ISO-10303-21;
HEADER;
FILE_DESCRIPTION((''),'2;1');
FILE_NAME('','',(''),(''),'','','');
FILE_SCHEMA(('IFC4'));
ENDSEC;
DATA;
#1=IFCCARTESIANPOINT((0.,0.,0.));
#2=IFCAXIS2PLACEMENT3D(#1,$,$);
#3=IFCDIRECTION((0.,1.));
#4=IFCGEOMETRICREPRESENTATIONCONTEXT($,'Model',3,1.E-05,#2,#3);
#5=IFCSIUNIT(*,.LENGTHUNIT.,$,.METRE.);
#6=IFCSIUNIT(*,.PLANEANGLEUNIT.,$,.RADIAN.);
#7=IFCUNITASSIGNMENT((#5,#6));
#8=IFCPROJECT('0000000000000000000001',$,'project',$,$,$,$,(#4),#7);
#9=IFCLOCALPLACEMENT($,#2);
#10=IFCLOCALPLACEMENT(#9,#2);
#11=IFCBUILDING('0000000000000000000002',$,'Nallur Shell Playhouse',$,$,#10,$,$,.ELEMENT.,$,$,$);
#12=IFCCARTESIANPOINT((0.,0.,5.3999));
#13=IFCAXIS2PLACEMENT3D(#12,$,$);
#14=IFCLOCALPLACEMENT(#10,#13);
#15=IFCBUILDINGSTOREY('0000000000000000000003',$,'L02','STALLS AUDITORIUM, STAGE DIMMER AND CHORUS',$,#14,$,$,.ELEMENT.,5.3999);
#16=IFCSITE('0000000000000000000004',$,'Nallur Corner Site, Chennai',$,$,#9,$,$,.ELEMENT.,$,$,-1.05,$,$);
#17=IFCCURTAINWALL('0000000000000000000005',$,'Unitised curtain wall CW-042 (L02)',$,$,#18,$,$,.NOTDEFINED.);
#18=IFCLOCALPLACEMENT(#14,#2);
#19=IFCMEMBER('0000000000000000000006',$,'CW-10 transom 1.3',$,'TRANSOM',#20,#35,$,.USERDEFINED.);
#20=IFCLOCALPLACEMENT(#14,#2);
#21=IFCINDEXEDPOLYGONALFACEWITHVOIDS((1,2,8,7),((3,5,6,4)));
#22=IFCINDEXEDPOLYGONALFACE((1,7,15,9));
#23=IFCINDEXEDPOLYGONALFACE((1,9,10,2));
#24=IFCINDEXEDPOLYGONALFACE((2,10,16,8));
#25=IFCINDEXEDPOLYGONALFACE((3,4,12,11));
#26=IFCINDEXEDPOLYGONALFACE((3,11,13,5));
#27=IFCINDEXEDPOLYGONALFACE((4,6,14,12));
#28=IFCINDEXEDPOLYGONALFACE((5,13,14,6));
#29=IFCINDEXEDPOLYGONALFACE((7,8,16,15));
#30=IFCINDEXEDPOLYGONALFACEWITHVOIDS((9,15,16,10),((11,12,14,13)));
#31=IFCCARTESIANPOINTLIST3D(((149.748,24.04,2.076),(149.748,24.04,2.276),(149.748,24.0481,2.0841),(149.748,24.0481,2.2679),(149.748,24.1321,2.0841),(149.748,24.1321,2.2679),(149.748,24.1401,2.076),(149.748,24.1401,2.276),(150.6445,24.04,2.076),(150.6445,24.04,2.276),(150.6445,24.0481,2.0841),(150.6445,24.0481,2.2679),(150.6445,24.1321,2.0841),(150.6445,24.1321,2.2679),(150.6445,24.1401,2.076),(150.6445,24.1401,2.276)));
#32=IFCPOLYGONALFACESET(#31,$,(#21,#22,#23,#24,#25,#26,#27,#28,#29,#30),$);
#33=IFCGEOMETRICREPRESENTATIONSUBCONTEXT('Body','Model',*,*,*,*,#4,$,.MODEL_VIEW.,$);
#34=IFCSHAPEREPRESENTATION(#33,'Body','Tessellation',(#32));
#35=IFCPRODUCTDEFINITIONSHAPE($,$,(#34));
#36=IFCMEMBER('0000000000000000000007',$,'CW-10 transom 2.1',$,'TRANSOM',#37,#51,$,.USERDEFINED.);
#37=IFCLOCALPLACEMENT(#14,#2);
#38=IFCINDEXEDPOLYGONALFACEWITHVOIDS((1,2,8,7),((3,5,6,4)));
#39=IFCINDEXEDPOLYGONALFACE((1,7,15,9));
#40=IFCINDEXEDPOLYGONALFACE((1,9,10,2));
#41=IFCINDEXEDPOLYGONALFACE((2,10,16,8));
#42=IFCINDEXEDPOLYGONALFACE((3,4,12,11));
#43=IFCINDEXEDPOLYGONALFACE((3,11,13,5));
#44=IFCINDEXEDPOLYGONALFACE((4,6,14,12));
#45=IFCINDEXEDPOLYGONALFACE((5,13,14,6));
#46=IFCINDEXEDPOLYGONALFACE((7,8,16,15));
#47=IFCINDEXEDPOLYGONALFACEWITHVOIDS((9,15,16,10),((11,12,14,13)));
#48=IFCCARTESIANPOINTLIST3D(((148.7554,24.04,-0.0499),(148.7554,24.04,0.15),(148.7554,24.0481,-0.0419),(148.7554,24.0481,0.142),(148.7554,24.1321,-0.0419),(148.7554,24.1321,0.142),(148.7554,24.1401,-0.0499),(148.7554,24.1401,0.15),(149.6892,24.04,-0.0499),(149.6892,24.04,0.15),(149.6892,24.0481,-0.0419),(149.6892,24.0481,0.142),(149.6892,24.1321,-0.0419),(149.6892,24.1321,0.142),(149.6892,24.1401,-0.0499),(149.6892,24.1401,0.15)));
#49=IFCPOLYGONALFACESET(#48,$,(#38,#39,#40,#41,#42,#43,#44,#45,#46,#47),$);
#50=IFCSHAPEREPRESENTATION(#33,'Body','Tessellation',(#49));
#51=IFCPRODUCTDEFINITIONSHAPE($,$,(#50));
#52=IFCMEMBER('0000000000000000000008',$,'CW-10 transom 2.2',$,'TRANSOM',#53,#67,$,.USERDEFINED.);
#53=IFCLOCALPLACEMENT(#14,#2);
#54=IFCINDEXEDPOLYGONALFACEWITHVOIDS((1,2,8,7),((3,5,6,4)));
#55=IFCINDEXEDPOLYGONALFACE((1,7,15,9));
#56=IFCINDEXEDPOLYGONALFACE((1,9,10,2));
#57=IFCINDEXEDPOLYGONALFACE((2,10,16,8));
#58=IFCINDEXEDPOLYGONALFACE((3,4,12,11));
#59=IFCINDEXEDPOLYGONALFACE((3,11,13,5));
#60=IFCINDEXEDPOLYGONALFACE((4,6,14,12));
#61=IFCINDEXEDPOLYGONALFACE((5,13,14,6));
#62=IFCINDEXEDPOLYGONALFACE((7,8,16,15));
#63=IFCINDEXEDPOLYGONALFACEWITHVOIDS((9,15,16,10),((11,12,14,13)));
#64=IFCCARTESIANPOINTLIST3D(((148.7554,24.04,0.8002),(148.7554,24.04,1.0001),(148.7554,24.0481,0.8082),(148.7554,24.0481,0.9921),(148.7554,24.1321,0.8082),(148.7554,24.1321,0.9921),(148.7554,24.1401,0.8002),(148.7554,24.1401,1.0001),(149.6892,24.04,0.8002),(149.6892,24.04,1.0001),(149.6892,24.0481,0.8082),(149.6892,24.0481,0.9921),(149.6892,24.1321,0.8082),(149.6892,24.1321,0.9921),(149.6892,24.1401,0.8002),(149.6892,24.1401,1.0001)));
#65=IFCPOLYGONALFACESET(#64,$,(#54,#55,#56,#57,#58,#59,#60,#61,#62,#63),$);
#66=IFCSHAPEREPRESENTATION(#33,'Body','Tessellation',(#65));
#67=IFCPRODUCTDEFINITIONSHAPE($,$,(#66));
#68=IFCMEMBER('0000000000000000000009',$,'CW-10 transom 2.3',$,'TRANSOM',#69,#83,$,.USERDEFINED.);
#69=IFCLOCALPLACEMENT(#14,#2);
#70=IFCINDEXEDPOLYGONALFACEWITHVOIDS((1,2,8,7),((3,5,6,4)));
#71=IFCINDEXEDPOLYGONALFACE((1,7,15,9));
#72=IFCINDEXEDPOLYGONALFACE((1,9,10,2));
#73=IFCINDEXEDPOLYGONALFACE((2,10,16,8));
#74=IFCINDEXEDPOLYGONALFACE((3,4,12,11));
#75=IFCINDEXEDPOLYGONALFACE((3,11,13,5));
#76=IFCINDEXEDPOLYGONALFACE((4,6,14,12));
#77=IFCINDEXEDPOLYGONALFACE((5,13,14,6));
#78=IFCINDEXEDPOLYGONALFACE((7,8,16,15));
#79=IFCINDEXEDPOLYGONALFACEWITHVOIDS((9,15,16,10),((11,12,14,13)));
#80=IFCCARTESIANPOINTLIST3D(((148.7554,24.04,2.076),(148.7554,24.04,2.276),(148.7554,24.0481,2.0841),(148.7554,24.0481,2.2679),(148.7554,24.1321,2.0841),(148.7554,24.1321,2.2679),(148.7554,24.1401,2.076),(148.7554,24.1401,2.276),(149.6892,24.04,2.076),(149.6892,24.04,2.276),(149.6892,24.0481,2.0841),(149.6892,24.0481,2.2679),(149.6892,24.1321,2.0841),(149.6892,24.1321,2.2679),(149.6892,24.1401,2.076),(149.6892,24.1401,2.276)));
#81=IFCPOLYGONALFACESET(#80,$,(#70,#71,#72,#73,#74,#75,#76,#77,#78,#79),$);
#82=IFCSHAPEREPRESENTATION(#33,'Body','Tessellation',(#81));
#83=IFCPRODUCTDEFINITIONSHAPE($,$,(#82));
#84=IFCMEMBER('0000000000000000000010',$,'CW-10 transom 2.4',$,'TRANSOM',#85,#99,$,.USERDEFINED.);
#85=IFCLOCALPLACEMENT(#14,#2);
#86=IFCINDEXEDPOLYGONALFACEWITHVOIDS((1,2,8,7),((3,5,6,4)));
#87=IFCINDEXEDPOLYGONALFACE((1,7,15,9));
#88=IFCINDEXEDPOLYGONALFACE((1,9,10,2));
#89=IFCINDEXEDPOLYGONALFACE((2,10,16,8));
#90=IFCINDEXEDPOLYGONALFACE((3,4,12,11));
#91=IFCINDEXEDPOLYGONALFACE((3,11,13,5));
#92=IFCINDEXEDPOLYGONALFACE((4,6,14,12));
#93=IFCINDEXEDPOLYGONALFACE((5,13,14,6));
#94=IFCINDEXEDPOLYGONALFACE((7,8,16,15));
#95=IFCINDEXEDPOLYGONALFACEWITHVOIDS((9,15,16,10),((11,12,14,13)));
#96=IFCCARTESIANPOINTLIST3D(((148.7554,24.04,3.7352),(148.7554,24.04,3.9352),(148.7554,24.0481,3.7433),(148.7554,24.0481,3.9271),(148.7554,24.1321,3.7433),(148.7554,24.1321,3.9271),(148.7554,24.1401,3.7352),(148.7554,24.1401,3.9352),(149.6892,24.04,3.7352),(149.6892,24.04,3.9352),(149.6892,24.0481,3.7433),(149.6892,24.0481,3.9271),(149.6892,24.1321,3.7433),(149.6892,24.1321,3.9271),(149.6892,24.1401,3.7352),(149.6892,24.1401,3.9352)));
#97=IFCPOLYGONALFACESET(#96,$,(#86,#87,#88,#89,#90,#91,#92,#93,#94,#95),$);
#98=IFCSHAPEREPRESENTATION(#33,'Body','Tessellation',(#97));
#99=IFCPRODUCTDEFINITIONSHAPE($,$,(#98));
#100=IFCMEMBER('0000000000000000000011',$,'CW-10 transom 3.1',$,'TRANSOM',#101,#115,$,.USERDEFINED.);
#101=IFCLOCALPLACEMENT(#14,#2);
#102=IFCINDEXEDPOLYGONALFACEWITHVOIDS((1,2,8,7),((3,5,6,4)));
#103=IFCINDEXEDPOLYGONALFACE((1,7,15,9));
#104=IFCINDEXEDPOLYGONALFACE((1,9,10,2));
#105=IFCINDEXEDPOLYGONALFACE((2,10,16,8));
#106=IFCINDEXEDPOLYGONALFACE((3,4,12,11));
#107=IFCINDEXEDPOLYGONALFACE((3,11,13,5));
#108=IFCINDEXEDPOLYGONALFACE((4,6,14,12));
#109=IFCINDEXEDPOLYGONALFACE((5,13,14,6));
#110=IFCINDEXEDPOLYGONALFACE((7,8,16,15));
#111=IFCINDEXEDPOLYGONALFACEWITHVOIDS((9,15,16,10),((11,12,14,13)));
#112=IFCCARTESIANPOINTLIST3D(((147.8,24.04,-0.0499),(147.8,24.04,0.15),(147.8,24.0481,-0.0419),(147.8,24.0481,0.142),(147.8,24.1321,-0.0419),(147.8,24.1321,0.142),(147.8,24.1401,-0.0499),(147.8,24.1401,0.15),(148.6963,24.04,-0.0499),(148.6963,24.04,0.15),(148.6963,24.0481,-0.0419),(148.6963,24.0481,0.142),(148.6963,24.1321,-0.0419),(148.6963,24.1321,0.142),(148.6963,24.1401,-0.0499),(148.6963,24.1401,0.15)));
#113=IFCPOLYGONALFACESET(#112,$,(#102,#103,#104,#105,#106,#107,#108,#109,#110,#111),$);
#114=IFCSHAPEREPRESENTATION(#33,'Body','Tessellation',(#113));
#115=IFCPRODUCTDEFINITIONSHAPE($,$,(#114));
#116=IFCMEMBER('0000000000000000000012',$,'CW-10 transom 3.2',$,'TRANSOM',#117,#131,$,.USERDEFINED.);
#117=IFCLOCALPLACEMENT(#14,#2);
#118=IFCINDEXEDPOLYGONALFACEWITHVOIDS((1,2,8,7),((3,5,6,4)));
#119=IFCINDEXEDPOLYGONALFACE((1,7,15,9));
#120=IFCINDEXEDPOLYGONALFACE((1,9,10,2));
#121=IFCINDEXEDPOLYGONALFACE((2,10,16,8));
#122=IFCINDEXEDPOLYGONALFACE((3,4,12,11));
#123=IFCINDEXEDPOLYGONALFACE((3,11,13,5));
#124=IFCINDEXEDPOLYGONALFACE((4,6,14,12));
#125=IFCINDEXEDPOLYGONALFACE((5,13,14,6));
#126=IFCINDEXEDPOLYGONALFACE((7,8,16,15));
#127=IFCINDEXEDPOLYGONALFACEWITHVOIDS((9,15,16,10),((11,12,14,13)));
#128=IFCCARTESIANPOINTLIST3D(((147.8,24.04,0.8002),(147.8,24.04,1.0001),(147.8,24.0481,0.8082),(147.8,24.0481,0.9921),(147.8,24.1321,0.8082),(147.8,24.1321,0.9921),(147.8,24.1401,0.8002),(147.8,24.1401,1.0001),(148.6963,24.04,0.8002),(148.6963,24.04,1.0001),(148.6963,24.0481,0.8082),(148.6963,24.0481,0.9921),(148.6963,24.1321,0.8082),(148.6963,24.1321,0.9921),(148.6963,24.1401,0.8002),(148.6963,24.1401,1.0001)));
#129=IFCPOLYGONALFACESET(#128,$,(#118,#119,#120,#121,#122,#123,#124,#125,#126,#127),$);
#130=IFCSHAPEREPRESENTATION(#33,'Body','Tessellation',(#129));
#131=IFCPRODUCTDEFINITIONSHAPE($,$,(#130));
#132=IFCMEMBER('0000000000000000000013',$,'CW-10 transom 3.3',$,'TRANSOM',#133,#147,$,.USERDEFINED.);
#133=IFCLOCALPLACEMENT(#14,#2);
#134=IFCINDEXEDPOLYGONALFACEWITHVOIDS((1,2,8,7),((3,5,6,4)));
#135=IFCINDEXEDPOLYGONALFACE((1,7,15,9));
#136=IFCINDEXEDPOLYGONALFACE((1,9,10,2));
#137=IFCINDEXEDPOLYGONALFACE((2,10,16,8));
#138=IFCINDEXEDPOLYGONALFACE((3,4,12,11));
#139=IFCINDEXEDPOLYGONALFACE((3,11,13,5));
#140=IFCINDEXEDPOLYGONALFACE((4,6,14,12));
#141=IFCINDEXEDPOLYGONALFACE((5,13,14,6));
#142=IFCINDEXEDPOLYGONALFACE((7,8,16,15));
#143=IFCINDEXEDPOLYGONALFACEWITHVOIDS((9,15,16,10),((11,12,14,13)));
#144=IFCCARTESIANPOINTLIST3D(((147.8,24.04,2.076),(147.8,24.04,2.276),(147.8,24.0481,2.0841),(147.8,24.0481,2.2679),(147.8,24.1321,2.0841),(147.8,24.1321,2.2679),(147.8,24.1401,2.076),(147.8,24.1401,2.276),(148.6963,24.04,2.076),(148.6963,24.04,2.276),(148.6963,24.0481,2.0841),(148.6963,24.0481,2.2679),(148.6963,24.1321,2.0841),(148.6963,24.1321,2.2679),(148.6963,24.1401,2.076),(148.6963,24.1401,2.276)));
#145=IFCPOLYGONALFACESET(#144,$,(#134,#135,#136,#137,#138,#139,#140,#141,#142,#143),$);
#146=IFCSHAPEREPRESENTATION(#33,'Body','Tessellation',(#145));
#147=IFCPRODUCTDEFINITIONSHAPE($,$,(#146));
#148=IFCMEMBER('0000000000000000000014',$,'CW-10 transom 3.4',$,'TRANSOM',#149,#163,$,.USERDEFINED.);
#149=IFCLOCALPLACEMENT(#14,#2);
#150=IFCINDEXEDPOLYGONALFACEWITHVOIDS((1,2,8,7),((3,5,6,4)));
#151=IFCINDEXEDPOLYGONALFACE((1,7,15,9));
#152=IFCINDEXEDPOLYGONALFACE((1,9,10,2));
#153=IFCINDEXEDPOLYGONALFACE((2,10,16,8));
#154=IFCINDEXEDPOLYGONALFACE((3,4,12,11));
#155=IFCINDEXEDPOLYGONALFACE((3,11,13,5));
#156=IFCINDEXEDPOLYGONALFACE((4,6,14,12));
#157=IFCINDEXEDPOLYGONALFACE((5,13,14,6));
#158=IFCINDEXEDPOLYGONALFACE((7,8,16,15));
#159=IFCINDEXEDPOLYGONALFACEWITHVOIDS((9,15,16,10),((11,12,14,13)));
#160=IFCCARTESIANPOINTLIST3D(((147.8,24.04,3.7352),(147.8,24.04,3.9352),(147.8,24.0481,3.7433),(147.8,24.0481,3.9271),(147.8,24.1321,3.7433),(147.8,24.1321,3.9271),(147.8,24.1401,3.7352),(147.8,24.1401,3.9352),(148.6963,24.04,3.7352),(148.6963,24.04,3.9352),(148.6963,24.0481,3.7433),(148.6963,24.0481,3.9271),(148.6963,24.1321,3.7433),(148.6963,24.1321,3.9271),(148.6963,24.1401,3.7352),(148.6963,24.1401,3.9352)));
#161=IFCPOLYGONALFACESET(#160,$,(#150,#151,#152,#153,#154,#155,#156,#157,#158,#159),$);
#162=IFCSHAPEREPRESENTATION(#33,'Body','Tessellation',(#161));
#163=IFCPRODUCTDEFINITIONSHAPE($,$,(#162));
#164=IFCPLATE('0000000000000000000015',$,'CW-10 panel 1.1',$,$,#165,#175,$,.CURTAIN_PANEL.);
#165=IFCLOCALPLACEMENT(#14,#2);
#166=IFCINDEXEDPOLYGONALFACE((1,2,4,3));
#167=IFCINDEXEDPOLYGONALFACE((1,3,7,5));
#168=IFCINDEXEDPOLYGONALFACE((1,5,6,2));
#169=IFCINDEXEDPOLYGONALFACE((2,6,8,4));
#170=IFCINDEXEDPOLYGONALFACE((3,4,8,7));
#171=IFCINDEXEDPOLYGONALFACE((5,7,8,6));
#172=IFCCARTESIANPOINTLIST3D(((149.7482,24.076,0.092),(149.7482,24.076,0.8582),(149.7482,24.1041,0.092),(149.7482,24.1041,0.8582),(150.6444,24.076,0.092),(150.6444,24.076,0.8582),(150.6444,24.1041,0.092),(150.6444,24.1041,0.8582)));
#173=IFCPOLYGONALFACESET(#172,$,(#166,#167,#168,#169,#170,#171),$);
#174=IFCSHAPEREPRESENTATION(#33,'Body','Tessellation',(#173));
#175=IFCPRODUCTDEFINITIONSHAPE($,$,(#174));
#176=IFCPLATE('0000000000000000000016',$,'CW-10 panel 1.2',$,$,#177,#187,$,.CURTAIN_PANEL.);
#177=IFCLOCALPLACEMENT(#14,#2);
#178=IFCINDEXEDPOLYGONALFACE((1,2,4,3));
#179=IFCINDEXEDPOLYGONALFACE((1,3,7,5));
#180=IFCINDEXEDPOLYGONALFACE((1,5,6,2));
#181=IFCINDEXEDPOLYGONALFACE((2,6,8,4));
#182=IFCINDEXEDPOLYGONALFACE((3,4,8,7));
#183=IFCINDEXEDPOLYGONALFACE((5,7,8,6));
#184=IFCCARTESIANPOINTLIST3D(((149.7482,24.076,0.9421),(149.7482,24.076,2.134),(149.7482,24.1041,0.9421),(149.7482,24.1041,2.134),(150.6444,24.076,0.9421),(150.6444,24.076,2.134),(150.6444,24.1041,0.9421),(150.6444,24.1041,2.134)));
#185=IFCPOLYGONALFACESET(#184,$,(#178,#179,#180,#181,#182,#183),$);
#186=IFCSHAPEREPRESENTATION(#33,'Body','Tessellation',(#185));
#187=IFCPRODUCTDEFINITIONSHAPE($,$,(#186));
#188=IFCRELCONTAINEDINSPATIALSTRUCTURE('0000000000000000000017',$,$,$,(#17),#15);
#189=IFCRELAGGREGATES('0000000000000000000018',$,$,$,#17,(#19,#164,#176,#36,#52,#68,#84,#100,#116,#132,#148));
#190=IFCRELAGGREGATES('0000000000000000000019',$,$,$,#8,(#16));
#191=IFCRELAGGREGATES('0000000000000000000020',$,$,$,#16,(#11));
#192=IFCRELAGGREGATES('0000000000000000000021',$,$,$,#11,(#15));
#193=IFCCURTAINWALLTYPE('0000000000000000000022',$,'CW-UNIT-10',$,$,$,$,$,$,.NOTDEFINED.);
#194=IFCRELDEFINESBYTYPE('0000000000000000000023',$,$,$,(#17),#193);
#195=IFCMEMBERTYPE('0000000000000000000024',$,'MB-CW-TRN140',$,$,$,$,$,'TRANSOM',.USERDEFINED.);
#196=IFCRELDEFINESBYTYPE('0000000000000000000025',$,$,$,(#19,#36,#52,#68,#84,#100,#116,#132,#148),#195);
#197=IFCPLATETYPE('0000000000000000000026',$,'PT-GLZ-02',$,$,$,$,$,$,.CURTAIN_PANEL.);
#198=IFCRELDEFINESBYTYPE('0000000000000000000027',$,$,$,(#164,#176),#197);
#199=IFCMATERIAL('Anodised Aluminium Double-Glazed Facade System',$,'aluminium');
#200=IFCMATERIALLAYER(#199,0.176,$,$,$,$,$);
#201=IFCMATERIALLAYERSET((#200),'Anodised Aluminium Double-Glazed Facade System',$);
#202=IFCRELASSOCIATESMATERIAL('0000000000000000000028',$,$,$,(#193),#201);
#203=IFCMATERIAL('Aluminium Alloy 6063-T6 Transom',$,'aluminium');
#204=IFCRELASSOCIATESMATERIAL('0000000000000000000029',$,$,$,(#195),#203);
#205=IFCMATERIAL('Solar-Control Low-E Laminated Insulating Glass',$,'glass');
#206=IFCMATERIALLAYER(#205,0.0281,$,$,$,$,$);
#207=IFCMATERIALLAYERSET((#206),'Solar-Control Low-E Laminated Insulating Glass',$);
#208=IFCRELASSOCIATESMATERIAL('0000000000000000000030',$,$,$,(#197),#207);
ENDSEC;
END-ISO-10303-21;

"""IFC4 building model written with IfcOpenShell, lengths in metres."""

from ifc_helpers import new_model, si_unit, direction, frame, origin, origin_2d, place, context, subcontext, project, spatial, rectangle, hollow_rectangle, extrude, material, layer, layer_set, material_profile, profile_set, type_object, element, aggregate, save


model = new_model("IFC4")

# Units and contexts
model_context = context("Model", 3, precision=1e-05, world=origin(), true_north=direction((0.0, 1.0)))
body_context = subcontext(model_context, "Body", "Model", "MODEL_VIEW")
ifc_project = project(units=[si_unit("LENGTHUNIT", "METRE"), si_unit("PLANEANGLEUNIT", "RADIAN")], contexts=[model_context])

# Site, building, storey
site_placement = place(None, origin())
site = spatial("IfcSite", under=ifc_project, at=site_placement, Name="Nallur Corner Site, Chennai", CompositionType="ELEMENT", RefElevation=-1.05)
building_placement = place(site_placement, origin())
building = spatial("IfcBuilding", under=site, at=building_placement, Name="Nallur Shell Playhouse", CompositionType="ELEMENT")
storey_placement = place(building_placement, frame((0.0, 0.0, 5.3999)))
storey = spatial("IfcBuildingStorey", under=building, at=storey_placement, Name="L02", Description="STALLS AUDITORIUM, STAGE DIMMER AND CHORUS", CompositionType="ELEMENT", Elevation=5.3999)

# Curtain wall
ifc_material_1 = material(Name="Anodised Aluminium Double-Glazed Facade System", Category="aluminium")
ifc_layer_1 = layer(ifc_material_1, 0.176)
ifc_layer_set_1 = layer_set([ifc_layer_1], Name="Anodised Aluminium Double-Glazed Facade System")
curtain_wall_type_1 = type_object("IfcCurtainWallType", Name="CW-UNIT-10", PredefinedType="NOTDEFINED", material=ifc_layer_set_1)
curtain_wall_1_placement = place(storey_placement, origin())
curtain_wall_1 = element("IfcCurtainWall", 1, at=curtain_wall_1_placement, inside=storey, type_object=curtain_wall_type_1, Name="Unitised curtain wall CW-042 (L02)", PredefinedType="NOTDEFINED")

# Members
ifc_material_2 = material(Name="Aluminium Alloy 6063-T6 Transom", Category="aluminium")
ifc_material_profile_1 = material_profile(ifc_material_2, hollow_rectangle(XDim=0.1001, YDim=0.2, WallThickness=0.0081, at=origin_2d()), Name="RHS 200x100x8")
ifc_profile_set_1 = profile_set([ifc_material_profile_1], Name="Aluminium Alloy 6063-T6 Transom")
member_type_1 = type_object("IfcMemberType", Name="MB-CW-TRN140", ElementType="TRANSOM", PredefinedType="USERDEFINED", material=ifc_profile_set_1)
member_1_placement = place(storey_placement, frame((150.6445, 24.0901, 2.176), z_axis=(-1.0, 0.0, 0.0), x_axis=(0.0, -1.0, 0.0)))
member_1 = element("IfcMember", 2, at=member_1_placement, type_object=member_type_1, Name="CW-10 transom 1.3", ObjectType="TRANSOM", PredefinedType="USERDEFINED", context=body_context, shape_type="SweptSolid", body=[
    extrude(hollow_rectangle(XDim=0.1001, YDim=0.2, WallThickness=0.0081, at=origin_2d()), origin(), (0.0, 0.0, 1.0), 0.8965),
])
member_2_placement = place(storey_placement, frame((149.6892, 24.0901, 0.05), z_axis=(-1.0, 0.0, 0.0), x_axis=(0.0, -1.0, 0.0)))
member_2 = element("IfcMember", 3, at=member_2_placement, type_object=member_type_1, Name="CW-10 transom 2.1", ObjectType="TRANSOM", PredefinedType="USERDEFINED", context=body_context, shape_type="SweptSolid", body=[
    extrude(hollow_rectangle(XDim=0.1001, YDim=0.2, WallThickness=0.0081, at=origin_2d()), origin(), (0.0, 0.0, 1.0), 0.9338),
])
member_3_placement = place(storey_placement, frame((149.6892, 24.0901, 0.9001), z_axis=(-1.0, 0.0, 0.0), x_axis=(0.0, -1.0, 0.0)))
member_3 = element("IfcMember", 4, at=member_3_placement, type_object=member_type_1, Name="CW-10 transom 2.2", ObjectType="TRANSOM", PredefinedType="USERDEFINED", context=body_context, shape_type="SweptSolid", body=[
    extrude(hollow_rectangle(XDim=0.1001, YDim=0.2, WallThickness=0.0081, at=origin_2d()), origin(), (0.0, 0.0, 1.0), 0.9338),
])
member_4_placement = place(storey_placement, frame((149.6892, 24.0901, 2.176), z_axis=(-1.0, 0.0, 0.0), x_axis=(0.0, -1.0, 0.0)))
member_4 = element("IfcMember", 5, at=member_4_placement, type_object=member_type_1, Name="CW-10 transom 2.3", ObjectType="TRANSOM", PredefinedType="USERDEFINED", context=body_context, shape_type="SweptSolid", body=[
    extrude(hollow_rectangle(XDim=0.1001, YDim=0.2, WallThickness=0.0081, at=origin_2d()), origin(), (0.0, 0.0, 1.0), 0.9338),
])
member_5_placement = place(storey_placement, frame((149.6892, 24.0901, 3.8352), z_axis=(-1.0, 0.0, 0.0), x_axis=(0.0, -1.0, 0.0)))
member_5 = element("IfcMember", 6, at=member_5_placement, type_object=member_type_1, Name="CW-10 transom 2.4", ObjectType="TRANSOM", PredefinedType="USERDEFINED", context=body_context, shape_type="SweptSolid", body=[
    extrude(hollow_rectangle(XDim=0.1001, YDim=0.2, WallThickness=0.0081, at=origin_2d()), origin(), (0.0, 0.0, 1.0), 0.9338),
])
member_6_placement = place(storey_placement, frame((148.6963, 24.0901, 0.05), z_axis=(-1.0, 0.0, 0.0), x_axis=(0.0, -1.0, 0.0)))
member_6 = element("IfcMember", 7, at=member_6_placement, type_object=member_type_1, Name="CW-10 transom 3.1", ObjectType="TRANSOM", PredefinedType="USERDEFINED", context=body_context, shape_type="SweptSolid", body=[
    extrude(hollow_rectangle(XDim=0.1001, YDim=0.2, WallThickness=0.0081, at=origin_2d()), origin(), (0.0, 0.0, 1.0), 0.8962),
])
member_7_placement = place(storey_placement, frame((148.6963, 24.0901, 0.9001), z_axis=(-1.0, 0.0, 0.0), x_axis=(0.0, -1.0, 0.0)))
member_7 = element("IfcMember", 8, at=member_7_placement, type_object=member_type_1, Name="CW-10 transom 3.2", ObjectType="TRANSOM", PredefinedType="USERDEFINED", context=body_context, shape_type="SweptSolid", body=[
    extrude(hollow_rectangle(XDim=0.1001, YDim=0.2, WallThickness=0.0081, at=origin_2d()), origin(), (0.0, 0.0, 1.0), 0.8962),
])
member_8_placement = place(storey_placement, frame((148.6963, 24.0901, 2.176), z_axis=(-1.0, 0.0, 0.0), x_axis=(0.0, -1.0, 0.0)))
member_8 = element("IfcMember", 9, at=member_8_placement, type_object=member_type_1, Name="CW-10 transom 3.3", ObjectType="TRANSOM", PredefinedType="USERDEFINED", context=body_context, shape_type="SweptSolid", body=[
    extrude(hollow_rectangle(XDim=0.1001, YDim=0.2, WallThickness=0.0081, at=origin_2d()), origin(), (0.0, 0.0, 1.0), 0.8962),
])
member_9_placement = place(storey_placement, frame((148.6963, 24.0901, 3.8352), z_axis=(-1.0, 0.0, 0.0), x_axis=(0.0, -1.0, 0.0)))
member_9 = element("IfcMember", 10, at=member_9_placement, type_object=member_type_1, Name="CW-10 transom 3.4", ObjectType="TRANSOM", PredefinedType="USERDEFINED", context=body_context, shape_type="SweptSolid", body=[
    extrude(hollow_rectangle(XDim=0.1001, YDim=0.2, WallThickness=0.0081, at=origin_2d()), origin(), (0.0, 0.0, 1.0), 0.8962),
])

# Plates
ifc_material_3 = material(Name="Solar-Control Low-E Laminated Insulating Glass", Category="glass")
ifc_layer_2 = layer(ifc_material_3, 0.0281)
ifc_layer_set_2 = layer_set([ifc_layer_2], Name="Solar-Control Low-E Laminated Insulating Glass")
plate_type_1 = type_object("IfcPlateType", Name="PT-GLZ-02", PredefinedType="CURTAIN_PANEL", material=ifc_layer_set_2)
plate_1_placement = place(storey_placement, frame((150.1963, 24.0901, 0.092), z_axis=(0.0, 0.0, 1.0), x_axis=(-1.0, 0.0, 0.0)))
plate_1 = element("IfcPlate", 11, at=plate_1_placement, type_object=plate_type_1, Name="CW-10 panel 1.1", PredefinedType="CURTAIN_PANEL", context=body_context, shape_type="SweptSolid", body=[
    extrude(rectangle(XDim=0.8962, YDim=0.0281, at=origin_2d()), origin(), (0.0, 0.0, 1.0), 0.7661),
])
plate_2_placement = place(storey_placement, frame((150.1963, 24.0901, 0.9421), z_axis=(0.0, 0.0, 1.0), x_axis=(-1.0, 0.0, 0.0)))
plate_2 = element("IfcPlate", 12, at=plate_2_placement, type_object=plate_type_1, Name="CW-10 panel 1.2", PredefinedType="CURTAIN_PANEL", context=body_context, shape_type="SweptSolid", body=[
    extrude(rectangle(XDim=0.8962, YDim=0.0281, at=origin_2d()), origin(), (0.0, 0.0, 1.0), 1.1919),
])
aggregate(curtain_wall_1, [member_1, plate_1, plate_2, member_2, member_3, member_4, member_5, member_6, member_7, member_8, member_9])

save(model, "model.ifc")
